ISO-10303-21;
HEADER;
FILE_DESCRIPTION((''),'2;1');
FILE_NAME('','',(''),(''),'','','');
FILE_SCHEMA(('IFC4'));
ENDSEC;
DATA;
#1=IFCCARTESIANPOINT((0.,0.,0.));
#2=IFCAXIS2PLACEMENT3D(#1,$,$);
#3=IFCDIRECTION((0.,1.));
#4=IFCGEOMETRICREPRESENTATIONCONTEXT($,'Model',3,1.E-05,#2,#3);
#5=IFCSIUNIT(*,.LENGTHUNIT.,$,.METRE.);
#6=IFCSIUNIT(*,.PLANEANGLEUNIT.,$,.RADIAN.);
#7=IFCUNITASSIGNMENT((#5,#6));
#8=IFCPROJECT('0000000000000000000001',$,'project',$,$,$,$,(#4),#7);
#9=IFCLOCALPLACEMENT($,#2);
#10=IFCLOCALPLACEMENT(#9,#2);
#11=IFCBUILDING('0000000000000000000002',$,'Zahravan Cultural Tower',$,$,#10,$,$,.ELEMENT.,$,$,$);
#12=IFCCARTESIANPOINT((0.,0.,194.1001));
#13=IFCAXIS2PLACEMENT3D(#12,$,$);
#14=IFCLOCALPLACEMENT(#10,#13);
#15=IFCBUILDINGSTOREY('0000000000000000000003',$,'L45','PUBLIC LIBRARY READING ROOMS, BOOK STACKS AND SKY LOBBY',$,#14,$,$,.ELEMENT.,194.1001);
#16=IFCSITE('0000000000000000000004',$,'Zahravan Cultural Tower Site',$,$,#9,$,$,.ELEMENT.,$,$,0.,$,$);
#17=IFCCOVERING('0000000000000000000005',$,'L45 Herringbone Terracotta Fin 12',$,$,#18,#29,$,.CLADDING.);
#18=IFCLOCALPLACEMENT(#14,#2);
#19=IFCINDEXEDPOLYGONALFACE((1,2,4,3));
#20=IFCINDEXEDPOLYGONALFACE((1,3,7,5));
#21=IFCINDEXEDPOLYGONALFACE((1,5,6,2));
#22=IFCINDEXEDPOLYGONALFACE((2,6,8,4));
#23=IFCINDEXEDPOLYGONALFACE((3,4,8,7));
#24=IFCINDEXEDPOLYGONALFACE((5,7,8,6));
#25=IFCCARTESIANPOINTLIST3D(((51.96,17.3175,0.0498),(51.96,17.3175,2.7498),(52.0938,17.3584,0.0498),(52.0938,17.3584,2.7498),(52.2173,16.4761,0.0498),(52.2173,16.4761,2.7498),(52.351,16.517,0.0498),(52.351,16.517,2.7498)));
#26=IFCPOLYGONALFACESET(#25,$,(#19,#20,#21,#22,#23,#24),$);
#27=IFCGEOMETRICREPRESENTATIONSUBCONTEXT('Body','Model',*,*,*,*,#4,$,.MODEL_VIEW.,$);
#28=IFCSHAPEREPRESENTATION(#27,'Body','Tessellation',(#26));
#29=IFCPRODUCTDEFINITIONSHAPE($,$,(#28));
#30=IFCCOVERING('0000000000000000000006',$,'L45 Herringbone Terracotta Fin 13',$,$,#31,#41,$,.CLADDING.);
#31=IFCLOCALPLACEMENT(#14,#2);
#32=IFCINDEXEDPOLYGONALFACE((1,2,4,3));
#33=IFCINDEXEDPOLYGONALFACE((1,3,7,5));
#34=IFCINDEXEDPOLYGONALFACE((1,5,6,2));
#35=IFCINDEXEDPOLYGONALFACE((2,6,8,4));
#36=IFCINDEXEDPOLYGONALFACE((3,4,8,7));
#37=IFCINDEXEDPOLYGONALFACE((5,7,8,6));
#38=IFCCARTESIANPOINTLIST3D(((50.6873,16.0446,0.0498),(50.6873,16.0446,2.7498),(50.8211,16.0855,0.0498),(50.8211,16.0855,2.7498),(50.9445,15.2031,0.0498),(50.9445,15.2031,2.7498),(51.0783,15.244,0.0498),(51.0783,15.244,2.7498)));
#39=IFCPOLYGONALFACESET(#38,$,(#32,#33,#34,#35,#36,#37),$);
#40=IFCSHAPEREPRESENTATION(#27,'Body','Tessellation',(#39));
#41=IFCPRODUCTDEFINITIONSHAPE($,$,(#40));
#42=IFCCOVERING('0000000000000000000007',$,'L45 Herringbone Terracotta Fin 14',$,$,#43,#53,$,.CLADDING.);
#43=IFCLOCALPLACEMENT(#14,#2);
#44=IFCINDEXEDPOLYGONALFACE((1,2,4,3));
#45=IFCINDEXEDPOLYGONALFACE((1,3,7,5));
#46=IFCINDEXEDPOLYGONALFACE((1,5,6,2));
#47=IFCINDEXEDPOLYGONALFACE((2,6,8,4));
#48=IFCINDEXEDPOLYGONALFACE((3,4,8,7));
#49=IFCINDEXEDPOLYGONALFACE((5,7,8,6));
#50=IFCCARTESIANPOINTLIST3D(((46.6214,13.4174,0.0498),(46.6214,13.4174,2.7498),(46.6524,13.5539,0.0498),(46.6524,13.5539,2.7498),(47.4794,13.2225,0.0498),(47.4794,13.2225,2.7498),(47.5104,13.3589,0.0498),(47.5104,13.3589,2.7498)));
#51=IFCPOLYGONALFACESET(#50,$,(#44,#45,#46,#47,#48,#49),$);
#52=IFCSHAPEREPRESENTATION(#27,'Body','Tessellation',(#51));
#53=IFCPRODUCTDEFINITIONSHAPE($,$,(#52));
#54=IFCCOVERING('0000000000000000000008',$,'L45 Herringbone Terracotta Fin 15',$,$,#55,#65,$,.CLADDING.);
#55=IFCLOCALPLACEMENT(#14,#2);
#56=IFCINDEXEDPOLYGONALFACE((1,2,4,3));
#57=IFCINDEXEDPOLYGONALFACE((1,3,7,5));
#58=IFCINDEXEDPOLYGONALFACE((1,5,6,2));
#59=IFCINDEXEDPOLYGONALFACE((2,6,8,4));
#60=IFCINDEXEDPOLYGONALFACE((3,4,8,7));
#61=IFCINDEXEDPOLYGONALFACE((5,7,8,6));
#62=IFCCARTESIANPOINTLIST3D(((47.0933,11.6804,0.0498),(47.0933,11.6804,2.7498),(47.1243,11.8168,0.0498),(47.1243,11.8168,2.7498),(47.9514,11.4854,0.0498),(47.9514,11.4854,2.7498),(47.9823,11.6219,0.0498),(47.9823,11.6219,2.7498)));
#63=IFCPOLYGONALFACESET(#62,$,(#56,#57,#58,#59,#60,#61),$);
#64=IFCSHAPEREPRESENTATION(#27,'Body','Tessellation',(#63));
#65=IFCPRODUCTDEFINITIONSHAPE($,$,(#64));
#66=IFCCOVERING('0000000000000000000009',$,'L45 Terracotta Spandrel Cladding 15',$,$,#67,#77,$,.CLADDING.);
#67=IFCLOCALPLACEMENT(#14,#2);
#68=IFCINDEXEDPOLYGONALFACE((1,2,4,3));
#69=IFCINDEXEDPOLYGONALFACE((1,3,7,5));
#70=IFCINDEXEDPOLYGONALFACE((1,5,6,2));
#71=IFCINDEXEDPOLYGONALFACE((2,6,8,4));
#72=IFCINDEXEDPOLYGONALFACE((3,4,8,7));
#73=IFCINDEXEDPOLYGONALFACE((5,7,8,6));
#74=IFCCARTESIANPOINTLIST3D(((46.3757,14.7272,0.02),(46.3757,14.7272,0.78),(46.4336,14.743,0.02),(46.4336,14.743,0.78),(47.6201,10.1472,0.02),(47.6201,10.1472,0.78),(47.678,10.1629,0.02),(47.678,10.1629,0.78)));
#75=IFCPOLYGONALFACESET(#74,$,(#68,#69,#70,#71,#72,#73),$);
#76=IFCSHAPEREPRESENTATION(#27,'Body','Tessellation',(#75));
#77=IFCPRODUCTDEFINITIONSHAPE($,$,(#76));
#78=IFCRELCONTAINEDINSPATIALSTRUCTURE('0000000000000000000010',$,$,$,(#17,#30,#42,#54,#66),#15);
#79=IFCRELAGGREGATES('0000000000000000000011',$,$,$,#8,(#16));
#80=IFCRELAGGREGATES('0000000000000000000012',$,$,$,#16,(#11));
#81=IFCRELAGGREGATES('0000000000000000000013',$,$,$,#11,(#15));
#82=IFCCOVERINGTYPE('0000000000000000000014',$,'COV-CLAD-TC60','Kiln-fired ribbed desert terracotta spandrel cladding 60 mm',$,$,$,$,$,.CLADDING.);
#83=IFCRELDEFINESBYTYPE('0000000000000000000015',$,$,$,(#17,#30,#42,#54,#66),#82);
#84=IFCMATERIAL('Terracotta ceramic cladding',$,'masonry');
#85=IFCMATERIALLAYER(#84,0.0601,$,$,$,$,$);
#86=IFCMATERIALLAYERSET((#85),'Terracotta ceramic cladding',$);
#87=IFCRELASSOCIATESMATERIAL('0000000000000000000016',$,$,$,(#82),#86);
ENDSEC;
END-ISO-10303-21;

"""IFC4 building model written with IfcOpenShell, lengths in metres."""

from ifc_helpers import new_model, si_unit, direction, frame, origin, origin_2d, place, context, subcontext, project, spatial, rectangle, extrude, source, transform, mapped, material, layer, layer_set, type_object, element, save


model = new_model("IFC4")

# Units and contexts
model_context = context("Model", 3, precision=1e-05, world=origin(), true_north=direction((0.0, 1.0)))
body_context = subcontext(model_context, "Body", "Model", "MODEL_VIEW")
ifc_project = project(units=[si_unit("LENGTHUNIT", "METRE"), si_unit("PLANEANGLEUNIT", "RADIAN")], contexts=[model_context])

# Site, building, storey
site_placement = place(None, origin())
site = spatial("IfcSite", under=ifc_project, at=site_placement, Name="Zahravan Cultural Tower Site", CompositionType="ELEMENT", RefElevation=0.0)
building_placement = place(site_placement, origin())
building = spatial("IfcBuilding", under=site, at=building_placement, Name="Zahravan Cultural Tower", CompositionType="ELEMENT")
storey_placement = place(building_placement, frame((0.0, 0.0, 194.1001)))
storey = spatial("IfcBuildingStorey", under=building, at=storey_placement, Name="L45", Description="PUBLIC LIBRARY READING ROOMS, BOOK STACKS AND SKY LOBBY", CompositionType="ELEMENT", Elevation=194.1001)

# Coverings
ifc_material_1 = material(Name="Terracotta ceramic cladding", Category="masonry")
ifc_layer_1 = layer(ifc_material_1, 0.0601)
ifc_layer_set_1 = layer_set([ifc_layer_1], Name="Terracotta ceramic cladding")
covering_type = type_object("IfcCoveringType", Name="COV-CLAD-TC60", Description="Kiln-fired ribbed desert terracotta spandrel cladding 60 mm", PredefinedType="CLADDING", material=ifc_layer_set_1)
shared_shape_1 = source(origin(), body_context, "Body", "SweptSolid", [
    extrude(rectangle(XDim=0.8799, YDim=0.1399, at=origin_2d()), origin(), (0.0, 0.0, 1.0), 2.7),
])
for number, where, z_axis, x_axis, name in (
    (1, (52.1555, 16.9172, 0.0498), (0.0, 0.0, 1.0), (0.292372, -0.956305, 0.0), "L45 Herringbone Terracotta Fin 12"),
    (2, (50.8828, 15.6443, 0.0498), (0.0, 0.0, 1.0), (0.292372, -0.956305, 0.0), "L45 Herringbone Terracotta Fin 13"),
    (3, (47.0659, 13.3882, 0.0498), (0.0, 0.0, 1.0), (0.975149, -0.221548, 0.0), "L45 Herringbone Terracotta Fin 14"),
    (4, (47.5378, 11.6511, 0.0498), (0.0, 0.0, 1.0), (0.975149, -0.221548, 0.0), "L45 Herringbone Terracotta Fin 15"),
):
    element("IfcCovering", number, at=place(storey_placement, frame(where, z_axis=z_axis, x_axis=x_axis)), inside=storey, type_object=covering_type, Name=name, PredefinedType="CLADDING", context=body_context, shape_type="MappedRepresentation", body=[
        mapped(shared_shape_1, transform((0.0, 0.0, 0.0), x_axis=(1.0, 0.0, 0.0), y_axis=(0.0, 1.0, 0.0), z_axis=(0.0, 0.0, 1.0), scale=1.0)),
    ])
shared_shape_2 = source(origin(), body_context, "Body", "SweptSolid", [
    extrude(rectangle(XDim=4.7461, YDim=0.0601, at=origin_2d()), origin(), (0.0, 0.0, 1.0), 0.76),
])
covering_1_placement = place(storey_placement, frame((47.0269, 12.4451, 0.02), z_axis=(0.0, 0.0, 1.0), x_axis=(0.262189, -0.965016, 0.0)))
element("IfcCovering", 5, at=covering_1_placement, inside=storey, type_object=covering_type, Name="L45 Terracotta Spandrel Cladding 15", PredefinedType="CLADDING", context=body_context, shape_type="MappedRepresentation", body=[
    mapped(shared_shape_2, transform((0.0, 0.0, 0.0), x_axis=(1.0, 0.0, 0.0), y_axis=(0.0, 1.0, 0.0), z_axis=(0.0, 0.0, 1.0), scale=1.0)),
])

save(model, "model.ifc")
